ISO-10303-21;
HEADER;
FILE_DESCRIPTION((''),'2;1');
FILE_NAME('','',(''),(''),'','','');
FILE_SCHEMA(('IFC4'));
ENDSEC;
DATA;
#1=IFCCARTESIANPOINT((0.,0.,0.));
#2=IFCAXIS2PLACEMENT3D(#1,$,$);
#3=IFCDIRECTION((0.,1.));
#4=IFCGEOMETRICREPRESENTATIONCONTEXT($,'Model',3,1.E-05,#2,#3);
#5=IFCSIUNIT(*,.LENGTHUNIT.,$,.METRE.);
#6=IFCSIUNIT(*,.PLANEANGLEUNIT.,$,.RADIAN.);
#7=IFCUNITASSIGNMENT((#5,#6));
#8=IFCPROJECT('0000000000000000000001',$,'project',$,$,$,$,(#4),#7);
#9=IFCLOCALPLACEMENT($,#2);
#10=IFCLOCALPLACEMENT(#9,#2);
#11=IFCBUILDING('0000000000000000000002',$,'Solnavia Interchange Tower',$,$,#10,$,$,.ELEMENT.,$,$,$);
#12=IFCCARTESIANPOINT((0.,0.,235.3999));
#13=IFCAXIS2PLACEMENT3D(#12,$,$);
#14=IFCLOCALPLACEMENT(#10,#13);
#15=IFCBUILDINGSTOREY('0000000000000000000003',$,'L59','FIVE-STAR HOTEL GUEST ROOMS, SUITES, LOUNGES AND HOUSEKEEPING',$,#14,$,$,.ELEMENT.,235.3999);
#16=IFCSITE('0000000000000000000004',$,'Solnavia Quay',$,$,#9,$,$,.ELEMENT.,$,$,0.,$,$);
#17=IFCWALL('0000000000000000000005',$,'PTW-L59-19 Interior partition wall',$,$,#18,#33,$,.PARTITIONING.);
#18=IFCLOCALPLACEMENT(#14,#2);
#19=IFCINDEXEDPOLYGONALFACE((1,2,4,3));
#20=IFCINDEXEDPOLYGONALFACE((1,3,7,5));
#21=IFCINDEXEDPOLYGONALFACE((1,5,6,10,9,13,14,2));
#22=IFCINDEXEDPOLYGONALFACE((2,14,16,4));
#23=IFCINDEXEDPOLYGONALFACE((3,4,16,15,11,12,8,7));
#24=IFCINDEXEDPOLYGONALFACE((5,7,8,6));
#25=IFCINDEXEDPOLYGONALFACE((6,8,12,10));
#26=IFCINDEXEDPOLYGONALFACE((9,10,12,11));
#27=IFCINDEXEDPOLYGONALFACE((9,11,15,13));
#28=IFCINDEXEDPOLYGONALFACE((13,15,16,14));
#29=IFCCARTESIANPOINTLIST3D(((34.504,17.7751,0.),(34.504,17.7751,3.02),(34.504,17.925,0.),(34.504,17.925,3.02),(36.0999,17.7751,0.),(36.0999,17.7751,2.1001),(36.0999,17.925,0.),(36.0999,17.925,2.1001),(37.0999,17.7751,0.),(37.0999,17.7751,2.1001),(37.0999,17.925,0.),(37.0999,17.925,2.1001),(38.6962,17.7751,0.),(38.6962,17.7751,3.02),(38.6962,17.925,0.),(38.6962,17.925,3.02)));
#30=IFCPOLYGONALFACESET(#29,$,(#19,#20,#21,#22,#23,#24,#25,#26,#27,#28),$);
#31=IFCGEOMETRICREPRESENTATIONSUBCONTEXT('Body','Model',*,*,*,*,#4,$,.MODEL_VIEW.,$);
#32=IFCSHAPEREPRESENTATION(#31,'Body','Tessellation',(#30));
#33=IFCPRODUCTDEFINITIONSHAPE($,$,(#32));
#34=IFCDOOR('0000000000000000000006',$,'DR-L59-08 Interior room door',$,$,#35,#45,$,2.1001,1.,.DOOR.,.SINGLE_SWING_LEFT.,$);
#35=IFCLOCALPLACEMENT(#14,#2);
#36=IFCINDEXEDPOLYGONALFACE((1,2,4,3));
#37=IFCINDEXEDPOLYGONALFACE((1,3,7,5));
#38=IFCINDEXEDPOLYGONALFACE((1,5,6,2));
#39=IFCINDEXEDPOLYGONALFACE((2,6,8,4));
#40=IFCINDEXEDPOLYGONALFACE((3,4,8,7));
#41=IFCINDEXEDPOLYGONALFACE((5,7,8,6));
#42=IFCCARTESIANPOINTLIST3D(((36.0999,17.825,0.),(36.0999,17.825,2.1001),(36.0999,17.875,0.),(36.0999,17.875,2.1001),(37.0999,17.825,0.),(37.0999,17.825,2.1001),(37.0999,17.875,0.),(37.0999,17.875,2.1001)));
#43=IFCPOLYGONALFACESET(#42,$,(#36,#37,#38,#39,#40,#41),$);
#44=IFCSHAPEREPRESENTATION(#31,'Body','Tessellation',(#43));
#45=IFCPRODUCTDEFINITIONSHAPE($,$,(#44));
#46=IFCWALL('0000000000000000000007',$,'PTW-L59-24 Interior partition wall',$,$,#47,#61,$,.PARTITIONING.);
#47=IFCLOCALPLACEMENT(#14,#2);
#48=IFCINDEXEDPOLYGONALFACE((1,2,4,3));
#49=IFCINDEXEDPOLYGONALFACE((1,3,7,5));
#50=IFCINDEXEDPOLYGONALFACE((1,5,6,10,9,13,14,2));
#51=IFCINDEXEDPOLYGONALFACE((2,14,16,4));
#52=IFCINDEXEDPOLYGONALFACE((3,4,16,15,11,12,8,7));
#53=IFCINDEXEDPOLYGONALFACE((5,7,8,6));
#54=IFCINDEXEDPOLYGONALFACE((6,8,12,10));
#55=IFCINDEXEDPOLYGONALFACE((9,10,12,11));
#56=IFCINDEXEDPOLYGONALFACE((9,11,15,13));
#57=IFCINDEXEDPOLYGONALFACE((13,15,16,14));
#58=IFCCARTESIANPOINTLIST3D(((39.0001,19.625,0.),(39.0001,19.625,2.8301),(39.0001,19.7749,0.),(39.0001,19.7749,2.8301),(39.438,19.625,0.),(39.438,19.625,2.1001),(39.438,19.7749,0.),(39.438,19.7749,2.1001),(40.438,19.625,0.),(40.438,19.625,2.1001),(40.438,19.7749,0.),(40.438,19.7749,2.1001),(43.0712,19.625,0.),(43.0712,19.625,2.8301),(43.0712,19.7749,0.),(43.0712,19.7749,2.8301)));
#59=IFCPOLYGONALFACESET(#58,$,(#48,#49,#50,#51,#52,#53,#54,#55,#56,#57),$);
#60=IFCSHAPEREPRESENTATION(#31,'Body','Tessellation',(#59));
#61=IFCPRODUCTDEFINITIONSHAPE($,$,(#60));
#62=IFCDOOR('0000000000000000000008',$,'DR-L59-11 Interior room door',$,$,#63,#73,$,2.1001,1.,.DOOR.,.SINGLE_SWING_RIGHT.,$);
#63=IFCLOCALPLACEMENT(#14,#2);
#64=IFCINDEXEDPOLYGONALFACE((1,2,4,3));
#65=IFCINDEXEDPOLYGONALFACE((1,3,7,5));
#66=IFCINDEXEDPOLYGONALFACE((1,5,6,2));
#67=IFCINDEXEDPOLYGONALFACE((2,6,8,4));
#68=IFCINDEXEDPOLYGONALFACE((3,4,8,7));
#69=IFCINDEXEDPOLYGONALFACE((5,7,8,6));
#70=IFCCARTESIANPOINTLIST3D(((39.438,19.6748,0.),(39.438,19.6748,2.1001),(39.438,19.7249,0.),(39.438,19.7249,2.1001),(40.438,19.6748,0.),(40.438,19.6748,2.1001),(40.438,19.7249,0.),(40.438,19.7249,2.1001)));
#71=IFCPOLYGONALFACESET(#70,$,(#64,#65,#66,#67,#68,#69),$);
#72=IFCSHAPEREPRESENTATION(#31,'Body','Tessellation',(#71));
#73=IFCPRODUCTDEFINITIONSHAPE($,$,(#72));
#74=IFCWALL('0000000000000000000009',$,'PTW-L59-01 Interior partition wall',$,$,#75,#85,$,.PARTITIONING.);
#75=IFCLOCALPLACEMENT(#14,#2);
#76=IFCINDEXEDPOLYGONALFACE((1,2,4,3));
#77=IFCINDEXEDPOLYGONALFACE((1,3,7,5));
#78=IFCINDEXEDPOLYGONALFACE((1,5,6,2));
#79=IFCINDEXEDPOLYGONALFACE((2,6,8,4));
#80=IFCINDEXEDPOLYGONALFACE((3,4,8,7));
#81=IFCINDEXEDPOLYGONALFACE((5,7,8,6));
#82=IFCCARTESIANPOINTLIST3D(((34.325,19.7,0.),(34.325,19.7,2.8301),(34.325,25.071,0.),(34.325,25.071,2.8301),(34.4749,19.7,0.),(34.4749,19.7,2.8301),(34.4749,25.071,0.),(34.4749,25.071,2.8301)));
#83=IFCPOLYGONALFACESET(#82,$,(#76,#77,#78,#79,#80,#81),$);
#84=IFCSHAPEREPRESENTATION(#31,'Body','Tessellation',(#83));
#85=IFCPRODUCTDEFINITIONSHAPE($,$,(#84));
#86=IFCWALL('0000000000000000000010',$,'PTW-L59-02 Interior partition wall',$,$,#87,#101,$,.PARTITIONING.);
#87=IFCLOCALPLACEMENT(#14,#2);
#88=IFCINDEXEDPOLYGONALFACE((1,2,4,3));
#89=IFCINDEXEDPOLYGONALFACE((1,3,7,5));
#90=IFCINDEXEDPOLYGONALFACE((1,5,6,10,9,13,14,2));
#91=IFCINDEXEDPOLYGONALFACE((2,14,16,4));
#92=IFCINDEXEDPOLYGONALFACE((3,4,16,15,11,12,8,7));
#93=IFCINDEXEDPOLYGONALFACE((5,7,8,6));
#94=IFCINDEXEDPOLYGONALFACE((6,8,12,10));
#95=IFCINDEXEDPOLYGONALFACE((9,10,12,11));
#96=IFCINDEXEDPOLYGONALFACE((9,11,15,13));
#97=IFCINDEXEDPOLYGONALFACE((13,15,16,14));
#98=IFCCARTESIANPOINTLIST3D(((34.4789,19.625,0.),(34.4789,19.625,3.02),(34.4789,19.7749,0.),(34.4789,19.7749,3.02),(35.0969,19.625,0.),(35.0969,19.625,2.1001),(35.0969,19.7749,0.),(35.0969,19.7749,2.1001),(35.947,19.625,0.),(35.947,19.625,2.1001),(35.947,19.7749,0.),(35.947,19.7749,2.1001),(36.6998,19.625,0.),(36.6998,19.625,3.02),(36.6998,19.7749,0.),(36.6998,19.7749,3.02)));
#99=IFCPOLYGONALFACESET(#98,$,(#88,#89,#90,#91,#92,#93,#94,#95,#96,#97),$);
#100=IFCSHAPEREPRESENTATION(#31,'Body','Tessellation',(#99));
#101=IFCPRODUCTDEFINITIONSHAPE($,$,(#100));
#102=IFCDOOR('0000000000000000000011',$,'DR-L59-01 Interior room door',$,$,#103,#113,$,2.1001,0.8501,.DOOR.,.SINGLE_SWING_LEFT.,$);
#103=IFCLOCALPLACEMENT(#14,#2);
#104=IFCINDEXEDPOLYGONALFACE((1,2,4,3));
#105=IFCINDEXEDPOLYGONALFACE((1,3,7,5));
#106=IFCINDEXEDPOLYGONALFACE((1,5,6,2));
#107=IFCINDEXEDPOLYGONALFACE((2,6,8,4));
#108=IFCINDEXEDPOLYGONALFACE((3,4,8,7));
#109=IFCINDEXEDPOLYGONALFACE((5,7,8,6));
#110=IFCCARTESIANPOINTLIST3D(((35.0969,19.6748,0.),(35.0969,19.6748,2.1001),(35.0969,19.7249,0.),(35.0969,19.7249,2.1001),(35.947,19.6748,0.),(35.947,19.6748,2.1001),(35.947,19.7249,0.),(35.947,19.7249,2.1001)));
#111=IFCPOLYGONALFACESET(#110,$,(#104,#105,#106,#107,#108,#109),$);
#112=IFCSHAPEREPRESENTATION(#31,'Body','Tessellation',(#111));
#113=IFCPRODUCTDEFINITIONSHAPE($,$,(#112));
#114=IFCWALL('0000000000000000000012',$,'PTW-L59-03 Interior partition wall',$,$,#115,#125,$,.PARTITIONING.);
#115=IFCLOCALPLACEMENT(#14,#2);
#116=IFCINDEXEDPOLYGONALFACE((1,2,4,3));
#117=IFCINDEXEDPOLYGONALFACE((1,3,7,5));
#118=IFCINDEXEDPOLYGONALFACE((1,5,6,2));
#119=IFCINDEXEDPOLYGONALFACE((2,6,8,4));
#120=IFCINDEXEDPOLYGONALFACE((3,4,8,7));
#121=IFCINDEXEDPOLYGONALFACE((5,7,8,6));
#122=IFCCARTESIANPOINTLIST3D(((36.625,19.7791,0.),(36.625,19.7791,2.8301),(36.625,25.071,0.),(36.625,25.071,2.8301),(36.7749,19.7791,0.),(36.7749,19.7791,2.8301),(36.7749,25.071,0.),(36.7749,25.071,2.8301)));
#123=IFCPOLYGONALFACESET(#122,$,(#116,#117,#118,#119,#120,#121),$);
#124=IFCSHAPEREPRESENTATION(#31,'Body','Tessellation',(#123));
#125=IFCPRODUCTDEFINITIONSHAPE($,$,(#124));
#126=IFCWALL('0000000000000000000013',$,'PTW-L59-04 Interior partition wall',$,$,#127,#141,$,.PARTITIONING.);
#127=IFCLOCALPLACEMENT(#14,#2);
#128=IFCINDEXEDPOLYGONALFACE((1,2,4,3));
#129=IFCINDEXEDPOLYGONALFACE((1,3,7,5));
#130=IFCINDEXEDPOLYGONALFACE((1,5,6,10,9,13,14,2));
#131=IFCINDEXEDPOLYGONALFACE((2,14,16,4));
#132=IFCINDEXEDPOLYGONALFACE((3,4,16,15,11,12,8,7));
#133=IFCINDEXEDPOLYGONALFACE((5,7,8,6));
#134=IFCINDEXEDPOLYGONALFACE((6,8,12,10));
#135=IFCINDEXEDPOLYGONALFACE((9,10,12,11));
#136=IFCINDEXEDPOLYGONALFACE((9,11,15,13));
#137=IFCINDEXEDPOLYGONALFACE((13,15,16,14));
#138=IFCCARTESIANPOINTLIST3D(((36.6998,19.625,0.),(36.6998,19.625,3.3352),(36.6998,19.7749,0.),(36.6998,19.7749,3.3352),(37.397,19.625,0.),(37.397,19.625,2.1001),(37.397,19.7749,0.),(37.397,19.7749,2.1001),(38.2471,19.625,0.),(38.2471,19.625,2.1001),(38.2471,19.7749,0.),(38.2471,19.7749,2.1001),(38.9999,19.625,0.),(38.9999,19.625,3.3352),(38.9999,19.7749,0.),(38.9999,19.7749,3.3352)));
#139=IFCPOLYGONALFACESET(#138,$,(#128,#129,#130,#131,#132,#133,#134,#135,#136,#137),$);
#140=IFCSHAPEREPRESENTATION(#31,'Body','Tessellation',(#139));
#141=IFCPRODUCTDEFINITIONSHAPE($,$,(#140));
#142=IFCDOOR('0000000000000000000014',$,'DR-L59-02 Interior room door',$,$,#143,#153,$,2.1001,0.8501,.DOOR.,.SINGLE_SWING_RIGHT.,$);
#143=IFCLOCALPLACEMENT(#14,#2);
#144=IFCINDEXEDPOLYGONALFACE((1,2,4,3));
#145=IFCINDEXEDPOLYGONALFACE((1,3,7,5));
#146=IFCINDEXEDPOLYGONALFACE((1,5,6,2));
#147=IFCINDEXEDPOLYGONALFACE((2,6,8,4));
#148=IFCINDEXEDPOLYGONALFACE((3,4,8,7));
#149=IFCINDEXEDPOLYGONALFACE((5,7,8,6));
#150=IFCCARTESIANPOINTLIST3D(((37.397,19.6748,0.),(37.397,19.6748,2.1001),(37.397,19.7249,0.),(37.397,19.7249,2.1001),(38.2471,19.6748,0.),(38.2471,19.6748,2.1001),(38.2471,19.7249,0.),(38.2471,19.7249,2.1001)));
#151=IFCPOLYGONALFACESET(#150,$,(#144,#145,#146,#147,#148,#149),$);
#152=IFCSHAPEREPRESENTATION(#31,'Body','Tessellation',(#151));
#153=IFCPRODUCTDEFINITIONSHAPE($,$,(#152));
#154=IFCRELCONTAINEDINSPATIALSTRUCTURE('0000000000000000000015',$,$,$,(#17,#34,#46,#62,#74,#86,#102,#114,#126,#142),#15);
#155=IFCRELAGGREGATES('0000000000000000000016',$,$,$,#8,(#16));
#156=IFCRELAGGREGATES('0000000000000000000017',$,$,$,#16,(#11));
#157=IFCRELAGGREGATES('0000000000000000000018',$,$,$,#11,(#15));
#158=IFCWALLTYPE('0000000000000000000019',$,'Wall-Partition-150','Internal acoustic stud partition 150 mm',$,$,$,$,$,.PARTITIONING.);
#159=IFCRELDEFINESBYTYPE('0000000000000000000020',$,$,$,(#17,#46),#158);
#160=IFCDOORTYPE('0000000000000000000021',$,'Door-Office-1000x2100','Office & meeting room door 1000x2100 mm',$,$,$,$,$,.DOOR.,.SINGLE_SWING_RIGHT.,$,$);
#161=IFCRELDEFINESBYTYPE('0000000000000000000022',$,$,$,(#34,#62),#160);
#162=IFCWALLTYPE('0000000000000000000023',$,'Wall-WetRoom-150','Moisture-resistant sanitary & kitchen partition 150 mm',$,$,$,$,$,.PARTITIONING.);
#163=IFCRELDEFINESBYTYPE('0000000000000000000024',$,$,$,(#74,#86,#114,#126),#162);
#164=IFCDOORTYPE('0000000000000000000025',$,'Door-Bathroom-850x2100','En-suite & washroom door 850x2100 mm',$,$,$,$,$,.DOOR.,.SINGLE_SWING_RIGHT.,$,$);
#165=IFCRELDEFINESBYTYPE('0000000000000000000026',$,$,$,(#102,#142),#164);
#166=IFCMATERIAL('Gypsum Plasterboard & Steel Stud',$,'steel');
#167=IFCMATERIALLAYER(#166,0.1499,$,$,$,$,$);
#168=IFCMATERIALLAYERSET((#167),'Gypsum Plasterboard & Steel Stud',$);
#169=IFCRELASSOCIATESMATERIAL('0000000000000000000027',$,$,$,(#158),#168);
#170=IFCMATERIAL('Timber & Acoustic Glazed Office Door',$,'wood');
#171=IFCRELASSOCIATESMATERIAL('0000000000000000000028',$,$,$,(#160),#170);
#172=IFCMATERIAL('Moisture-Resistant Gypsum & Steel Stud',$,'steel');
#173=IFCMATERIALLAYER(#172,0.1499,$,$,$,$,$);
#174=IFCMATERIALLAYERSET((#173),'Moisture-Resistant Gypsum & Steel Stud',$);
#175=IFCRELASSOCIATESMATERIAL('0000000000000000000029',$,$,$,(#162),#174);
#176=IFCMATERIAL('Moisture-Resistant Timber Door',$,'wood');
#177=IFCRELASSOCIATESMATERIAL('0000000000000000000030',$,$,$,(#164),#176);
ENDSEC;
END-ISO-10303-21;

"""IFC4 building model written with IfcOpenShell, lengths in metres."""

from ifc_helpers import new_model, si_unit, direction, frame, frame_2d, origin, place, context, subcontext, project, spatial, rectangle, extrude, material, layer, layer_set, type_object, element, fill, save


model = new_model("IFC4")

# Units and contexts
model_context = context("Model", 3, precision=1e-05, world=origin(), true_north=direction((0.0, 1.0)))
body_context = subcontext(model_context, "Body", "Model", "MODEL_VIEW")
ifc_project = project(units=[si_unit("LENGTHUNIT", "METRE"), si_unit("PLANEANGLEUNIT", "RADIAN")], contexts=[model_context])

# Site, building, storey
site_placement = place(None, origin())
site = spatial("IfcSite", under=ifc_project, at=site_placement, Name="Solnavia Quay", CompositionType="ELEMENT", RefElevation=0.0)
building_placement = place(site_placement, origin())
building = spatial("IfcBuilding", under=site, at=building_placement, Name="Solnavia Interchange Tower", CompositionType="ELEMENT")
storey_placement = place(building_placement, frame((0.0, 0.0, 235.3999)))
storey = spatial("IfcBuildingStorey", under=building, at=storey_placement, Name="L59", Description="FIVE-STAR HOTEL GUEST ROOMS, SUITES, LOUNGES AND HOUSEKEEPING", CompositionType="ELEMENT", Elevation=235.3999)

# Walls, openings, doors
ifc_material_1 = material(Name="Gypsum Plasterboard & Steel Stud", Category="steel")
ifc_layer_1 = layer(ifc_material_1, 0.1499)
ifc_layer_set_1 = layer_set([ifc_layer_1], Name="Gypsum Plasterboard & Steel Stud")
wall_type_1 = type_object("IfcWallType", Name="Wall-Partition-150", Description="Internal acoustic stud partition 150 mm", PredefinedType="PARTITIONING", material=ifc_layer_set_1)
wall_1_placement = place(storey_placement, frame((34.5039, 17.8501, 0.0), z_axis=(0.0, 0.0, 1.0), x_axis=(1.0, 0.0, 0.0)))
wall_1 = element("IfcWall", 1, at=wall_1_placement, inside=storey, type_object=wall_type_1, Name="PTW-L59-19 Interior partition wall", PredefinedType="PARTITIONING", context=body_context, shape_type="SweptSolid", body=[
    extrude(rectangle(XDim=4.1921, YDim=0.1499, at=frame_2d((2.0962, 0.0))), origin(), (0.0, 0.0, 1.0), 3.02),
])
opening_1_placement = place(wall_1_placement, frame((1.5959, 0.0, 0.0)))
opening_1 = element("IfcOpeningElement", 2, at=opening_1_placement, cuts=wall_1, PredefinedType="OPENING", context=body_context, shape_type="SweptSolid", body=[
    extrude(rectangle(XDim=1.0, YDim=2.1001, at=frame_2d((0.5, 1.05))), frame((0.0, 0.085, 0.0), z_axis=(0.0, -1.0, 0.0), x_axis=(1.0, 0.0, 0.0)), (0.0, 0.0, 1.0), 0.1699),
])
ifc_material_2 = material(Name="Timber & Acoustic Glazed Office Door", Category="wood")
door_type_1 = type_object("IfcDoorType", Name="Door-Office-1000x2100", Description="Office & meeting room door 1000x2100 mm", OperationType="SINGLE_SWING_RIGHT", PredefinedType="DOOR", material=ifc_material_2)
door_1_placement = place(opening_1_placement, origin())
door_1 = element("IfcDoor", 3, at=door_1_placement, inside=storey, type_object=door_type_1, Name="DR-L59-08 Interior room door", OperationType="SINGLE_SWING_LEFT", OverallHeight=2.1001, OverallWidth=1.0, PredefinedType="DOOR", context=body_context, shape_type="SweptSolid", body=[
    extrude(rectangle(XDim=1.0, YDim=2.1001, at=frame_2d((0.5, 1.05))), frame((0.0, 0.0249, 0.0), z_axis=(0.0, -1.0, 0.0), x_axis=(1.0, 0.0, 0.0)), (0.0, 0.0, 1.0), 0.05),
])
fill(opening_1, door_1)
wall_2_placement = place(storey_placement, frame((39.0, 19.7, 0.0), z_axis=(0.0, 0.0, 1.0), x_axis=(1.0, 0.0, 0.0)))
wall_2 = element("IfcWall", 4, at=wall_2_placement, inside=storey, type_object=wall_type_1, Name="PTW-L59-24 Interior partition wall", PredefinedType="PARTITIONING", context=body_context, shape_type="SweptSolid", body=[
    extrude(rectangle(XDim=4.071, YDim=0.1499, at=frame_2d((2.0356, 0.0))), origin(), (0.0, 0.0, 1.0), 2.8301),
])
opening_2_placement = place(wall_2_placement, frame((0.438, 0.0, 0.0)))
opening_2 = element("IfcOpeningElement", 5, at=opening_2_placement, cuts=wall_2, PredefinedType="OPENING", context=body_context, shape_type="SweptSolid", body=[
    extrude(rectangle(XDim=1.0, YDim=2.1001, at=frame_2d((0.5, 1.05))), frame((0.0, 0.085, 0.0), z_axis=(0.0, -1.0, 0.0), x_axis=(1.0, 0.0, 0.0)), (0.0, 0.0, 1.0), 0.1699),
])
door_2_placement = place(opening_2_placement, origin())
door_2 = element("IfcDoor", 6, at=door_2_placement, inside=storey, type_object=door_type_1, Name="DR-L59-11 Interior room door", OperationType="SINGLE_SWING_RIGHT", OverallHeight=2.1001, OverallWidth=1.0, PredefinedType="DOOR", context=body_context, shape_type="SweptSolid", body=[
    extrude(rectangle(XDim=1.0, YDim=2.1001, at=frame_2d((0.5, 1.05))), frame((0.0, 0.0249, 0.0), z_axis=(0.0, -1.0, 0.0), x_axis=(1.0, 0.0, 0.0)), (0.0, 0.0, 1.0), 0.05),
])
fill(opening_2, door_2)

# Wall
ifc_material_3 = material(Name="Moisture-Resistant Gypsum & Steel Stud", Category="steel")
ifc_layer_2 = layer(ifc_material_3, 0.1499)
ifc_layer_set_2 = layer_set([ifc_layer_2], Name="Moisture-Resistant Gypsum & Steel Stud")
wall_type_2 = type_object("IfcWallType", Name="Wall-WetRoom-150", Description="Moisture-resistant sanitary & kitchen partition 150 mm", PredefinedType="PARTITIONING", material=ifc_layer_set_2)
wall_3_placement = place(storey_placement, frame((34.3999, 19.7, 0.0), z_axis=(0.0, 0.0, 1.0), x_axis=(0.0, 1.0, 0.0)))
element("IfcWall", 7, at=wall_3_placement, inside=storey, type_object=wall_type_2, Name="PTW-L59-01 Interior partition wall", PredefinedType="PARTITIONING", context=body_context, shape_type="SweptSolid", body=[
    extrude(rectangle(XDim=5.3711, YDim=0.1499, at=frame_2d((2.6855, 0.0))), origin(), (0.0, 0.0, 1.0), 2.8301),
])

# Wall, opening, door
wall_4_placement = place(storey_placement, frame((34.479, 19.7, 0.0), z_axis=(0.0, 0.0, 1.0), x_axis=(1.0, 0.0, 0.0)))
wall_4 = element("IfcWall", 8, at=wall_4_placement, inside=storey, type_object=wall_type_2, Name="PTW-L59-02 Interior partition wall", PredefinedType="PARTITIONING", context=body_context, shape_type="SweptSolid", body=[
    extrude(rectangle(XDim=2.2209, YDim=0.1499, at=frame_2d((1.1104, 0.0))), origin(), (0.0, 0.0, 1.0), 3.02),
])
opening_3_placement = place(wall_4_placement, frame((0.6179, 0.0, 0.0)))
opening_3 = element("IfcOpeningElement", 9, at=opening_3_placement, cuts=wall_4, PredefinedType="OPENING", context=body_context, shape_type="SweptSolid", body=[
    extrude(rectangle(XDim=0.8501, YDim=2.1001, at=frame_2d((0.425, 1.05))), frame((0.0, 0.085, 0.0), z_axis=(0.0, -1.0, 0.0), x_axis=(1.0, 0.0, 0.0)), (0.0, 0.0, 1.0), 0.1699),
])
ifc_material_4 = material(Name="Moisture-Resistant Timber Door", Category="wood")
door_type_2 = type_object("IfcDoorType", Name="Door-Bathroom-850x2100", Description="En-suite & washroom door 850x2100 mm", OperationType="SINGLE_SWING_RIGHT", PredefinedType="DOOR", material=ifc_material_4)
door_3_placement = place(opening_3_placement, origin())
door_3 = element("IfcDoor", 10, at=door_3_placement, inside=storey, type_object=door_type_2, Name="DR-L59-01 Interior room door", OperationType="SINGLE_SWING_LEFT", OverallHeight=2.1001, OverallWidth=0.8501, PredefinedType="DOOR", context=body_context, shape_type="SweptSolid", body=[
    extrude(rectangle(XDim=0.8501, YDim=2.1001, at=frame_2d((0.425, 1.05))), frame((0.0, 0.0249, 0.0), z_axis=(0.0, -1.0, 0.0), x_axis=(1.0, 0.0, 0.0)), (0.0, 0.0, 1.0), 0.05),
])
fill(opening_3, door_3)

# Wall
wall_5_placement = place(storey_placement, frame((36.7, 19.7791, 0.0), z_axis=(0.0, 0.0, 1.0), x_axis=(0.0, 1.0, 0.0)))
element("IfcWall", 11, at=wall_5_placement, inside=storey, type_object=wall_type_2, Name="PTW-L59-03 Interior partition wall", PredefinedType="PARTITIONING", context=body_context, shape_type="SweptSolid", body=[
    extrude(rectangle(XDim=5.292, YDim=0.1499, at=frame_2d((2.646, 0.0))), origin(), (0.0, 0.0, 1.0), 2.8301),
])

# Wall, opening, door
wall_6_placement = place(storey_placement, frame((36.7, 19.7, 0.0), z_axis=(0.0, 0.0, 1.0), x_axis=(1.0, 0.0, 0.0)))
wall_6 = element("IfcWall", 12, at=wall_6_placement, inside=storey, type_object=wall_type_2, Name="PTW-L59-04 Interior partition wall", PredefinedType="PARTITIONING", context=body_context, shape_type="SweptSolid", body=[
    extrude(rectangle(XDim=2.3, YDim=0.1499, at=frame_2d((1.1499, 0.0))), origin(), (0.0, 0.0, 1.0), 3.3352),
])
opening_4_placement = place(wall_6_placement, frame((0.697, 0.0, 0.0)))
opening_4 = element("IfcOpeningElement", 13, at=opening_4_placement, cuts=wall_6, PredefinedType="OPENING", context=body_context, shape_type="SweptSolid", body=[
    extrude(rectangle(XDim=0.8501, YDim=2.1001, at=frame_2d((0.425, 1.05))), frame((0.0, 0.085, 0.0), z_axis=(0.0, -1.0, 0.0), x_axis=(1.0, 0.0, 0.0)), (0.0, 0.0, 1.0), 0.1699),
])
door_4_placement = place(opening_4_placement, origin())
door_4 = element("IfcDoor", 14, at=door_4_placement, inside=storey, type_object=door_type_2, Name="DR-L59-02 Interior room door", OperationType="SINGLE_SWING_RIGHT", OverallHeight=2.1001, OverallWidth=0.8501, PredefinedType="DOOR", context=body_context, shape_type="SweptSolid", body=[
    extrude(rectangle(XDim=0.8501, YDim=2.1001, at=frame_2d((0.425, 1.05))), frame((0.0, 0.0249, 0.0), z_axis=(0.0, -1.0, 0.0), x_axis=(1.0, 0.0, 0.0)), (0.0, 0.0, 1.0), 0.05),
])
fill(opening_4, door_4)

save(model, "model.ifc")
